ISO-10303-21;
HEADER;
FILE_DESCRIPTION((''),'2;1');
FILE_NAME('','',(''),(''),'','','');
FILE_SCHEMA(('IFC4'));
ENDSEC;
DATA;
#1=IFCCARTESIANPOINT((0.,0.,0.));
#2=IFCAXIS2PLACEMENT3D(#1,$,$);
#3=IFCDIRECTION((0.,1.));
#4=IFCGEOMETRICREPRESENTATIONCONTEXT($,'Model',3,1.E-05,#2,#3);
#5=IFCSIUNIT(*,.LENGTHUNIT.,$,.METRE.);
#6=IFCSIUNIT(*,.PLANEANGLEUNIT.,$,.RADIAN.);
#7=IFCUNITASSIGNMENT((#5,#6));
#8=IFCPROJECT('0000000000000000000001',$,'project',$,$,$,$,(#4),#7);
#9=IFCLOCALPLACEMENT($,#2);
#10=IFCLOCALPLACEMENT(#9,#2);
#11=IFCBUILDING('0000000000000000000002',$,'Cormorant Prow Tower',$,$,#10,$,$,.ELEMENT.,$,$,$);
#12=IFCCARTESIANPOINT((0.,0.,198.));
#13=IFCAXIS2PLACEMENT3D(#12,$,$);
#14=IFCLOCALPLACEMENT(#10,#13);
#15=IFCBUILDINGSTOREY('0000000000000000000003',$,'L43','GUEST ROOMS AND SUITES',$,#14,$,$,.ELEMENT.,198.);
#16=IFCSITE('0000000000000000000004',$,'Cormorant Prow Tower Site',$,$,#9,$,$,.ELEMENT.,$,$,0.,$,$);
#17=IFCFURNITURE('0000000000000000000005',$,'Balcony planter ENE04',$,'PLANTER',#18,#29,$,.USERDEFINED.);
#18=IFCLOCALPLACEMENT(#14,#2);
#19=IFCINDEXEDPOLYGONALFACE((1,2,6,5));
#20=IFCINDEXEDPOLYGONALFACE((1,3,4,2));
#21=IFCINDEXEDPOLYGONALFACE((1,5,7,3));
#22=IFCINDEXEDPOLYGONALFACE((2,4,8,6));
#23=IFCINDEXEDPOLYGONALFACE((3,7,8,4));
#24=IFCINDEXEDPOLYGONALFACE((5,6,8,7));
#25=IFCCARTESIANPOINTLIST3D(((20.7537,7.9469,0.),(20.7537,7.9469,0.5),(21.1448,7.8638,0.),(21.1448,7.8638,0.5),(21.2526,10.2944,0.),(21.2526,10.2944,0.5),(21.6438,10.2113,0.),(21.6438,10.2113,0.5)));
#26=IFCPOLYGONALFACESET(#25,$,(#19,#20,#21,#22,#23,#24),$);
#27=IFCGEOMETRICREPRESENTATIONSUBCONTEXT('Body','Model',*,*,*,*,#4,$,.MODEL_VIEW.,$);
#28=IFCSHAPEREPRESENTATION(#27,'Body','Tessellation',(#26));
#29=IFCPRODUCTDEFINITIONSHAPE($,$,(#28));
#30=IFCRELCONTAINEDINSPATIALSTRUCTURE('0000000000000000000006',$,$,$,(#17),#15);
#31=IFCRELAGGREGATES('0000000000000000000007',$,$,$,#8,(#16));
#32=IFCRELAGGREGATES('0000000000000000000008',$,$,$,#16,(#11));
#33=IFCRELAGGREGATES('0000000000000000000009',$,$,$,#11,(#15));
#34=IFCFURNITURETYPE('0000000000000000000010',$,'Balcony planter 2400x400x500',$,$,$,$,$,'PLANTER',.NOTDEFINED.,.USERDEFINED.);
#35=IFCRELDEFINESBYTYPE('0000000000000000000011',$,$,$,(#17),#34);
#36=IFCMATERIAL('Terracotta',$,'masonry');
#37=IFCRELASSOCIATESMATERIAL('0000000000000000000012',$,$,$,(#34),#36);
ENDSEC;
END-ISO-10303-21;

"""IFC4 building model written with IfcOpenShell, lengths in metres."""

from ifc_helpers import new_model, si_unit, direction, frame, origin, origin_2d, place, context, subcontext, project, spatial, rectangle, extrude, material, type_object, element, save


model = new_model("IFC4")

# Units and contexts
model_context = context("Model", 3, precision=1e-05, world=origin(), true_north=direction((0.0, 1.0)))
body_context = subcontext(model_context, "Body", "Model", "MODEL_VIEW")
ifc_project = project(units=[si_unit("LENGTHUNIT", "METRE"), si_unit("PLANEANGLEUNIT", "RADIAN")], contexts=[model_context])

# Site, building, storey
site_placement = place(None, origin())
site = spatial("IfcSite", under=ifc_project, at=site_placement, Name="Cormorant Prow Tower Site", CompositionType="ELEMENT", RefElevation=0.0)
building_placement = place(site_placement, origin())
building = spatial("IfcBuilding", under=site, at=building_placement, Name="Cormorant Prow Tower", CompositionType="ELEMENT")
storey_placement = place(building_placement, frame((0.0, 0.0, 198.0)))
storey = spatial("IfcBuildingStorey", under=building, at=storey_placement, Name="L43", Description="GUEST ROOMS AND SUITES", CompositionType="ELEMENT", Elevation=198.0)

# Furniture
ifc_material_1 = material(Name="Terracotta", Category="masonry")
furniture_type = type_object("IfcFurnitureType", Name="Balcony planter 2400x400x500", ElementType="PLANTER", AssemblyPlace="NOTDEFINED", PredefinedType="USERDEFINED", material=ifc_material_1)
furniture_placement = place(storey_placement, frame((21.1987, 9.0791, 0.0), z_axis=(0.0, 0.0, 1.0), x_axis=(0.207912, 0.978148, 0.0)))
element("IfcFurniture", 1, at=furniture_placement, inside=storey, type_object=furniture_type, Name="Balcony planter ENE04", ObjectType="PLANTER", PredefinedType="USERDEFINED", context=body_context, shape_type="SweptSolid", body=[
    extrude(rectangle(XDim=2.3999, YDim=0.3999, at=origin_2d()), origin(), (0.0, 0.0, 1.0), 0.5),
])

save(model, "model.ifc")
